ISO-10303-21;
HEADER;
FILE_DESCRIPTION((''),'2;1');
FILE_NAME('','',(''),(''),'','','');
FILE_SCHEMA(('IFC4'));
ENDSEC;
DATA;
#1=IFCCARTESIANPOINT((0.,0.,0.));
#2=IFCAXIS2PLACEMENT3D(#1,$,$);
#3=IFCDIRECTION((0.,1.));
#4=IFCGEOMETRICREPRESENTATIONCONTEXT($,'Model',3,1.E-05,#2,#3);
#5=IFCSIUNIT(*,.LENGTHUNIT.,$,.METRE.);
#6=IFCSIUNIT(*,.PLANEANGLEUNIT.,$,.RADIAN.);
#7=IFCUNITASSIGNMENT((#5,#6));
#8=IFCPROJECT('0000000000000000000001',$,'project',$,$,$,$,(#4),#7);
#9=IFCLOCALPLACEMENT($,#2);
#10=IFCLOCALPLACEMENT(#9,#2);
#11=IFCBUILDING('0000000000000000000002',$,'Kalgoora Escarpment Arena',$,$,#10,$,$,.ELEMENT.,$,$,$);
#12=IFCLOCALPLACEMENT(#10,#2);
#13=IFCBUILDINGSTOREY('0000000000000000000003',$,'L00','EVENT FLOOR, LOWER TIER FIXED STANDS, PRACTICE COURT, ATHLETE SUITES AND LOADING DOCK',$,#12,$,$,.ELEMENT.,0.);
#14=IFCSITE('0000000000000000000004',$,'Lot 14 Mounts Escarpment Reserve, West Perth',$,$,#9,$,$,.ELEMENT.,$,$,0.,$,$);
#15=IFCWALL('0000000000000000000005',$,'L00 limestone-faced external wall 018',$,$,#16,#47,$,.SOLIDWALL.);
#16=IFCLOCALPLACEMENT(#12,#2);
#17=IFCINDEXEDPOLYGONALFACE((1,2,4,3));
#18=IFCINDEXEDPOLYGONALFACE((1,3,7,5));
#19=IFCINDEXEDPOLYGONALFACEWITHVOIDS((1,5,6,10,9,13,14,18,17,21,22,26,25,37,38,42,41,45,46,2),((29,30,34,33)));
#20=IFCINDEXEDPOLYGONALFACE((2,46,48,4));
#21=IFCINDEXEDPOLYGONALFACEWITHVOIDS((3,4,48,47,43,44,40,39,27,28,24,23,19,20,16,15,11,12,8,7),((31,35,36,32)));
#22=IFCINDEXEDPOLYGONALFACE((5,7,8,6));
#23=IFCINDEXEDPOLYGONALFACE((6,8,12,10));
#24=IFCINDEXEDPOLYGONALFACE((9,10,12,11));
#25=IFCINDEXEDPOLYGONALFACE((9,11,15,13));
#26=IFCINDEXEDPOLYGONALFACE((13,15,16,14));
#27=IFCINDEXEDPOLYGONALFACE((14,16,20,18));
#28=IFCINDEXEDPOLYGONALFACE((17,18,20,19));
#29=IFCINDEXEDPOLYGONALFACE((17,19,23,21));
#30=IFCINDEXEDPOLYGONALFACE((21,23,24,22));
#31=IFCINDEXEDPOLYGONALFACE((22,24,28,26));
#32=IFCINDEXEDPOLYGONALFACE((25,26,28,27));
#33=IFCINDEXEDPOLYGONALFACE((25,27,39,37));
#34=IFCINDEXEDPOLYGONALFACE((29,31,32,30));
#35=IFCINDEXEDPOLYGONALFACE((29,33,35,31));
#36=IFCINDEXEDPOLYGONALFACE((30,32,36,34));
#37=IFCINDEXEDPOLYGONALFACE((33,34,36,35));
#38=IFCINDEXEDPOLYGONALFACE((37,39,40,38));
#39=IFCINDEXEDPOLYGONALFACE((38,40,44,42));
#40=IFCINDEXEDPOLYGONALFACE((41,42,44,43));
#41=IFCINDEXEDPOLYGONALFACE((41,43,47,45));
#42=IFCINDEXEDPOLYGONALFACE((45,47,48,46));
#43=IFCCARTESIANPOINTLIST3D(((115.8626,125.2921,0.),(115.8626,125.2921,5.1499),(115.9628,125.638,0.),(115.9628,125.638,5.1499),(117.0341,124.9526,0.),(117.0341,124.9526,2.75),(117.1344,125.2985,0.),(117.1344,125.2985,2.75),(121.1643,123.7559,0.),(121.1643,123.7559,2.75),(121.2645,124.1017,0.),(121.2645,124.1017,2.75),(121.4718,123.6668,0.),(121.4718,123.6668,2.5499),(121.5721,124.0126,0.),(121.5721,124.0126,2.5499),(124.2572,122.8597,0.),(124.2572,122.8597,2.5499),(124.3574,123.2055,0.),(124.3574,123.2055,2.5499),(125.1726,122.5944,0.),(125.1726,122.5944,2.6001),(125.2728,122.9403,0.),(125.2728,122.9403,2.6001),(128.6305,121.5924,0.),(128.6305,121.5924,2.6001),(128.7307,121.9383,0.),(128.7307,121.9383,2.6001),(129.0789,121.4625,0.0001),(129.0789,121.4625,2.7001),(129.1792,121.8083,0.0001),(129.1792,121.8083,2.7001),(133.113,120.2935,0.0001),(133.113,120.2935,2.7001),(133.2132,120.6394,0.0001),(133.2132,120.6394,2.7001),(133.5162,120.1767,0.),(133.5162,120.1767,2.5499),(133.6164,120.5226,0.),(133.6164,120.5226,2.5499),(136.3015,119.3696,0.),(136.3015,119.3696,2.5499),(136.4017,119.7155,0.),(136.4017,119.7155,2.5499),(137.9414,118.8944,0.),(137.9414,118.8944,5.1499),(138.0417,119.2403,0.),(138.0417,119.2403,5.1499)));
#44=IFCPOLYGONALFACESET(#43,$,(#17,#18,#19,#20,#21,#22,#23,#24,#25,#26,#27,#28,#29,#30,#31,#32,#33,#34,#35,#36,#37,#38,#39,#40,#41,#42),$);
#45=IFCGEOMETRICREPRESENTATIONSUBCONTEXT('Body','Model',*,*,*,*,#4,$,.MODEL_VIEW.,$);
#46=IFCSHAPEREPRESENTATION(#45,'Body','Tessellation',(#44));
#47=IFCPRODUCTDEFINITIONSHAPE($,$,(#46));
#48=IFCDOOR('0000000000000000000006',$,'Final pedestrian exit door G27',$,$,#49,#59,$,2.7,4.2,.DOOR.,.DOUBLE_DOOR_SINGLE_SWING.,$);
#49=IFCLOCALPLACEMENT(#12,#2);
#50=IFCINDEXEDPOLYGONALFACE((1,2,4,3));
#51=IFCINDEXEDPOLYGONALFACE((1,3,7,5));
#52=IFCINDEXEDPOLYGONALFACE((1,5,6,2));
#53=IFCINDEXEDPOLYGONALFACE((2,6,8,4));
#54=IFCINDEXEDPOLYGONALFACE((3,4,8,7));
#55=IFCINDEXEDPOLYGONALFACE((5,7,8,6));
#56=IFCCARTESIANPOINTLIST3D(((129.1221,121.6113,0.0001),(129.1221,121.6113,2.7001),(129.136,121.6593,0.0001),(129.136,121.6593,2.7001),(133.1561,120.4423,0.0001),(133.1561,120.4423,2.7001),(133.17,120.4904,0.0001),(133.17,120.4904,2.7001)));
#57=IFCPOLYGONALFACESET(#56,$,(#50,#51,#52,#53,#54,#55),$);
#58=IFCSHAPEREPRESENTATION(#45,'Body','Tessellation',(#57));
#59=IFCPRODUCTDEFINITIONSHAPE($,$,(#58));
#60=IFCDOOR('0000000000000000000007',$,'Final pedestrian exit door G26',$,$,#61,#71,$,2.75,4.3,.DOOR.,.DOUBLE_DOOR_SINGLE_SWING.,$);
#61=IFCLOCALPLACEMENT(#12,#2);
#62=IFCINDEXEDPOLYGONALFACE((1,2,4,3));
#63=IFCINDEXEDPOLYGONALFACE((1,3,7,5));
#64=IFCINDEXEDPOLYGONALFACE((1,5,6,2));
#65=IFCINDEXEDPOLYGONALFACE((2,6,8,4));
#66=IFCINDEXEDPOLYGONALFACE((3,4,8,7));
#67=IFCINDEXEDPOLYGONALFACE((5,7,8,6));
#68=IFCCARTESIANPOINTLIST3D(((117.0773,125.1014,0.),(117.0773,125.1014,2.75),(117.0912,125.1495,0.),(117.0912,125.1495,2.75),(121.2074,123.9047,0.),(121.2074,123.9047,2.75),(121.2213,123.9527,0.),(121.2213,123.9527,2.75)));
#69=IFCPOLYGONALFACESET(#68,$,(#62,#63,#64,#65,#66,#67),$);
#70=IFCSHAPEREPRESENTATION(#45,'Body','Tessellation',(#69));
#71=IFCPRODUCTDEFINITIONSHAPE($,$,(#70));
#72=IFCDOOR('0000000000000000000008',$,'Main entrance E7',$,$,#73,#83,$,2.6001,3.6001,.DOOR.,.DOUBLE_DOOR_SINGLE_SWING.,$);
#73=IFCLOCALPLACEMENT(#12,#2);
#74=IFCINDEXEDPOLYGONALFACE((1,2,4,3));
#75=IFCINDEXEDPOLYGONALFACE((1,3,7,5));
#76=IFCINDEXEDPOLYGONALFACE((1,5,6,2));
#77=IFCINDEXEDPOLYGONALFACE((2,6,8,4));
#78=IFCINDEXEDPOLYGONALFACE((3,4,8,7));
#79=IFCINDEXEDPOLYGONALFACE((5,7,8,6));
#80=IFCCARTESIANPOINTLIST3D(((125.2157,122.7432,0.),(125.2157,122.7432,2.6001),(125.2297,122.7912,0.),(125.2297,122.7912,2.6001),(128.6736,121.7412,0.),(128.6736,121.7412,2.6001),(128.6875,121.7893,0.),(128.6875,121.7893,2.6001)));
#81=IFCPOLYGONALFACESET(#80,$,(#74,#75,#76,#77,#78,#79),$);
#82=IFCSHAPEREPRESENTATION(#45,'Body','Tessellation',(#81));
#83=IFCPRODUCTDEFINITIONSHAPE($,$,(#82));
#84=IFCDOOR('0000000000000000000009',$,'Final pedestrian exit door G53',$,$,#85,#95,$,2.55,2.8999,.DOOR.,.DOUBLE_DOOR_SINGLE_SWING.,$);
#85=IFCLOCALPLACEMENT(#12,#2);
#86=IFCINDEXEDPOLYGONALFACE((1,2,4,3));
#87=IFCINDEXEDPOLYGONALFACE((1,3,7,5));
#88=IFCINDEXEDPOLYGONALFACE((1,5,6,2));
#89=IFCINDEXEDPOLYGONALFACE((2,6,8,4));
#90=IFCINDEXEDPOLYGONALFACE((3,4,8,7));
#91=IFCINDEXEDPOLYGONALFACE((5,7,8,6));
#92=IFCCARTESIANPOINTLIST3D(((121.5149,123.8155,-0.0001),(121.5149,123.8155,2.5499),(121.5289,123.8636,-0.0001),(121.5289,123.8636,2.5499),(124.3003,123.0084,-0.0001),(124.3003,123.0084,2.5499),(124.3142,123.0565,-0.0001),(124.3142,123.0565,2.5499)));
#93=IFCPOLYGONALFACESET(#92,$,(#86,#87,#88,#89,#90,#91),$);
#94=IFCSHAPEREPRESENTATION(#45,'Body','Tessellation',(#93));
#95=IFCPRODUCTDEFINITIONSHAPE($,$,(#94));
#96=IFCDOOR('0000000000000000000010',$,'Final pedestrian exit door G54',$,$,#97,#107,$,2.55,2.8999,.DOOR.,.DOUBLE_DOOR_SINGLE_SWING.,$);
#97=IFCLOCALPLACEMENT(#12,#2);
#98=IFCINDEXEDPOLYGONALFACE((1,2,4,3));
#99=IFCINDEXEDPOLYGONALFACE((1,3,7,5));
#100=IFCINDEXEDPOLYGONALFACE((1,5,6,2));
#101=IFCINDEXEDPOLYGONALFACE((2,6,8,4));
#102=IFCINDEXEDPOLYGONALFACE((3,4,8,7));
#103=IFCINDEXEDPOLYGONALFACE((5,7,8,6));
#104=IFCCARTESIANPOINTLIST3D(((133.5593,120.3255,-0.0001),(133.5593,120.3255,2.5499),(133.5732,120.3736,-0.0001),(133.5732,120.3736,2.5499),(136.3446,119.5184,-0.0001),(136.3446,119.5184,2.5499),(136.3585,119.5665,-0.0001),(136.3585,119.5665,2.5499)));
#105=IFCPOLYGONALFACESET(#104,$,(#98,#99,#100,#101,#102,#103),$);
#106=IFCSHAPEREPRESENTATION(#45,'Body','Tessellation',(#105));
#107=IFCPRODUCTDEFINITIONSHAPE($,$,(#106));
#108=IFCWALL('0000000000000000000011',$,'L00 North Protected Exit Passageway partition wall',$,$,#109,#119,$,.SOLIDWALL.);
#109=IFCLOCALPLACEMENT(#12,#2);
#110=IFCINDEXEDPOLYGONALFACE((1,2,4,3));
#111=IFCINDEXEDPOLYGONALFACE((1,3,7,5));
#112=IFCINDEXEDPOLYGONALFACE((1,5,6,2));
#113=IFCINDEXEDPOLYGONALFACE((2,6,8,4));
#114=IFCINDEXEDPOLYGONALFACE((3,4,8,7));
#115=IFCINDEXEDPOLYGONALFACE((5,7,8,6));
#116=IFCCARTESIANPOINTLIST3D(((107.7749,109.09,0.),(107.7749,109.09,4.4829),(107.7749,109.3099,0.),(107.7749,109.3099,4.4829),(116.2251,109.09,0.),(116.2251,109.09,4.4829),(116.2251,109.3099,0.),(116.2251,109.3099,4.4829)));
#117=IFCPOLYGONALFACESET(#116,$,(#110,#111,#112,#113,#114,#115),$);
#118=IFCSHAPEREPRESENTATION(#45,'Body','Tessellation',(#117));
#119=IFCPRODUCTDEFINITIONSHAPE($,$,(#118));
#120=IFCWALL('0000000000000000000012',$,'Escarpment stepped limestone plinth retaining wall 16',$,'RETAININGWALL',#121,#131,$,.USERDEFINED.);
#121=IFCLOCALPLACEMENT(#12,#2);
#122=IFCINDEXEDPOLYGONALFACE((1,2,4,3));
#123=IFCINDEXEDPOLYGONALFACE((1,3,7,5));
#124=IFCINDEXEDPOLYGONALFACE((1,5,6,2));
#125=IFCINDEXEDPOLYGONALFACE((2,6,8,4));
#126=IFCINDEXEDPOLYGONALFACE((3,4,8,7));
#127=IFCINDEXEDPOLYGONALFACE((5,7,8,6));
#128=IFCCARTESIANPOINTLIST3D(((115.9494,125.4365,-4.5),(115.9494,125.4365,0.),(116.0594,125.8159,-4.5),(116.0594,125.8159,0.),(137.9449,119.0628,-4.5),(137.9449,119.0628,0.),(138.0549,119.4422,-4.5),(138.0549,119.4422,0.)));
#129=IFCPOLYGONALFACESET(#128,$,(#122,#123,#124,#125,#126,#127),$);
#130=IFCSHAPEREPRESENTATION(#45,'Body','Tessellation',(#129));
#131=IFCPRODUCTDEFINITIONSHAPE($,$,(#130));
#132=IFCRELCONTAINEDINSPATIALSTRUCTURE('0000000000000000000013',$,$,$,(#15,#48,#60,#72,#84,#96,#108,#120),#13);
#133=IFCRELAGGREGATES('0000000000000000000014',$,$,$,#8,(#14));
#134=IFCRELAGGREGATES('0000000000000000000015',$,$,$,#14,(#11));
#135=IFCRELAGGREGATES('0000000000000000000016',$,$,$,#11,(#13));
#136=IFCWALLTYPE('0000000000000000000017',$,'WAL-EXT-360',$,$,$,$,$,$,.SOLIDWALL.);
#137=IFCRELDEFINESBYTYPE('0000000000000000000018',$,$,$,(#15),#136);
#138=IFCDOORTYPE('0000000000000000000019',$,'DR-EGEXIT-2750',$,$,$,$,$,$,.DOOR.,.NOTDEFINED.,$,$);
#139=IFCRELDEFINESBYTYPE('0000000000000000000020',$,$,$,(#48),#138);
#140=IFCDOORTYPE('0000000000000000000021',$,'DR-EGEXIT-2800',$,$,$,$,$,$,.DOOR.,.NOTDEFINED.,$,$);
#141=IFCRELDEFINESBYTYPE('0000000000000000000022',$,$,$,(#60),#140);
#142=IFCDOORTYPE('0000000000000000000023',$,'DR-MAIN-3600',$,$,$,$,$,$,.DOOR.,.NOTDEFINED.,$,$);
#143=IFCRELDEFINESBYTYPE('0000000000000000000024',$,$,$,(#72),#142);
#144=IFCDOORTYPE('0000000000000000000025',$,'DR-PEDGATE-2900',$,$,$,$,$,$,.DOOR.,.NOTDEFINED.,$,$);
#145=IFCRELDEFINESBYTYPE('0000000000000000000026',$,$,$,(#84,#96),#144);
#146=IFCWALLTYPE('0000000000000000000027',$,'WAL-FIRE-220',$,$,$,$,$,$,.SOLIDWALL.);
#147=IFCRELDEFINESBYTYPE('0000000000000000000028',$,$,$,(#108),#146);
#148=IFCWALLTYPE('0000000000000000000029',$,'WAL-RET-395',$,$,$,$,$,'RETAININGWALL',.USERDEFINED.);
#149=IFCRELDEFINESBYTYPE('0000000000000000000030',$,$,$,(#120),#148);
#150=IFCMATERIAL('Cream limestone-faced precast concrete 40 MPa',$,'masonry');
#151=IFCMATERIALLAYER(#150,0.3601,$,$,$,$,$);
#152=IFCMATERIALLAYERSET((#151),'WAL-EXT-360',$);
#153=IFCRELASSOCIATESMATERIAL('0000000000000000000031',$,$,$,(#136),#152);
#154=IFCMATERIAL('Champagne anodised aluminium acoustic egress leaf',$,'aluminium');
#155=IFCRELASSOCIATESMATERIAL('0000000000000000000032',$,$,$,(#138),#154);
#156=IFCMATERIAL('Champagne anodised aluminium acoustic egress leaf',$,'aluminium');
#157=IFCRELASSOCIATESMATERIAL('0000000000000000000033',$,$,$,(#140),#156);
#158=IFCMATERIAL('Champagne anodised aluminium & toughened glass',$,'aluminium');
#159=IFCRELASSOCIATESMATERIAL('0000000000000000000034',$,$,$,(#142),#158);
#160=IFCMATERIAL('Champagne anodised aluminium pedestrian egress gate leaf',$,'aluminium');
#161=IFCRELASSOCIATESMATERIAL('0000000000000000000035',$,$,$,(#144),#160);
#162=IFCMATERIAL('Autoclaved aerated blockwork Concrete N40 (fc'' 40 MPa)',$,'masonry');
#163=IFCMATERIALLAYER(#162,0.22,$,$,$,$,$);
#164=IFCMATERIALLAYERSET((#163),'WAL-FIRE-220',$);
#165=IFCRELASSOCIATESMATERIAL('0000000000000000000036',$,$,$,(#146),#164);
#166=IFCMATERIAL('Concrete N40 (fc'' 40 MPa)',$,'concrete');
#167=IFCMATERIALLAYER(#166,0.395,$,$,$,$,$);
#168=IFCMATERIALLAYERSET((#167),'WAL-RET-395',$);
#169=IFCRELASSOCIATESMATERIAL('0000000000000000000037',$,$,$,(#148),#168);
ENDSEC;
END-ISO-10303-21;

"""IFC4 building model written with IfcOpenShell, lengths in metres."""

from ifc_helpers import new_model, si_unit, direction, frame, frame_2d, origin, place, context, subcontext, project, spatial, rectangle, extrude, material, layer, layer_set, type_object, element, fill, save


model = new_model("IFC4")

# Units and contexts
model_context = context("Model", 3, precision=1e-05, world=origin(), true_north=direction((0.0, 1.0)))
body_context = subcontext(model_context, "Body", "Model", "MODEL_VIEW")
ifc_project = project(units=[si_unit("LENGTHUNIT", "METRE"), si_unit("PLANEANGLEUNIT", "RADIAN")], contexts=[model_context])

# Site, building, storey
site_placement = place(None, origin())
site = spatial("IfcSite", under=ifc_project, at=site_placement, Name="Lot 14 Mounts Escarpment Reserve, West Perth", CompositionType="ELEMENT", RefElevation=0.0)
building_placement = place(site_placement, origin())
building = spatial("IfcBuilding", under=site, at=building_placement, Name="Kalgoora Escarpment Arena", CompositionType="ELEMENT")
storey_placement = place(building_placement, origin())
storey = spatial("IfcBuildingStorey", under=building, at=storey_placement, Name="L00", Description="EVENT FLOOR, LOWER TIER FIXED STANDS, PRACTICE COURT, ATHLETE SUITES AND LOADING DOCK", CompositionType="ELEMENT", Elevation=0.0)

# Wall, openings, doors
ifc_material_1 = material(Name="Cream limestone-faced precast concrete 40 MPa", Category="masonry")
ifc_layer_1 = layer(ifc_material_1, 0.3601)
ifc_layer_set_1 = layer_set([ifc_layer_1], Name="WAL-EXT-360")
wall_type_1 = type_object("IfcWallType", Name="WAL-EXT-360", PredefinedType="SOLIDWALL", material=ifc_layer_set_1)
wall_1_placement = place(storey_placement, frame((115.9126, 125.4651, 0.0), z_axis=(0.0, 0.0, 1.0), x_axis=(0.960489, -0.278317, 0.0)))
wall_1 = element("IfcWall", 1, at=wall_1_placement, inside=storey, type_object=wall_type_1, Name="L00 limestone-faced external wall 018", PredefinedType="SOLIDWALL", context=body_context, shape_type="SweptSolid", body=[
    extrude(rectangle(XDim=22.9871, YDim=0.3601, at=frame_2d((11.4937, 0.0))), origin(), (0.0, 0.0, 1.0), 5.1499),
])
opening_1_placement = place(wall_1_placement, frame((9.6931, 0.0, 0.0)))
opening_1 = element("IfcOpeningElement", 2, at=opening_1_placement, cuts=wall_1, PredefinedType="OPENING", context=body_context, shape_type="SweptSolid", body=[
    extrude(rectangle(XDim=3.6001, YDim=2.6001, at=frame_2d((1.8, 1.3))), frame((0.0, 0.1899, 0.0), z_axis=(0.0, -1.0, 0.0), x_axis=(1.0, 0.0, 0.0)), (0.0, 0.0, 1.0), 0.3801),
])
opening_2_placement = place(wall_1_placement, frame((1.22, 0.0, 0.0)))
opening_2 = element("IfcOpeningElement", 3, at=opening_2_placement, cuts=wall_1, PredefinedType="OPENING", context=body_context, shape_type="SweptSolid", body=[
    extrude(rectangle(XDim=4.3, YDim=2.75, at=frame_2d((2.1499, 1.375))), frame((0.0, 0.1899, 0.0), z_axis=(0.0, -1.0, 0.0), x_axis=(1.0, 0.0, 0.0)), (0.0, 0.0, 1.0), 0.3801),
])
opening_3_placement = place(wall_1_placement, frame((13.76, 0.0, 0.0)))
opening_3 = element("IfcOpeningElement", 4, at=opening_3_placement, cuts=wall_1, PredefinedType="OPENING", context=body_context, shape_type="SweptSolid", body=[
    extrude(rectangle(XDim=4.2, YDim=2.7, at=frame_2d((2.1001, 1.3501))), frame((0.0, 0.1899, 0.0), z_axis=(0.0, -1.0, 0.0), x_axis=(1.0, 0.0, 0.0)), (0.0, 0.0, 1.0), 0.3801),
])
opening_4_placement = place(wall_1_placement, frame((5.8401, 0.0, 0.0)))
opening_4 = element("IfcOpeningElement", 5, at=opening_4_placement, cuts=wall_1, PredefinedType="OPENING", context=body_context, shape_type="SweptSolid", body=[
    extrude(rectangle(XDim=2.8999, YDim=2.55, at=frame_2d((1.45, 1.2749))), frame((0.0, 0.1899, 0.0), z_axis=(0.0, -1.0, 0.0), x_axis=(1.0, 0.0, 0.0)), (0.0, 0.0, 1.0), 0.3801),
])
opening_5_placement = place(wall_1_placement, frame((18.3799, 0.0, 0.0)))
opening_5 = element("IfcOpeningElement", 6, at=opening_5_placement, cuts=wall_1, PredefinedType="OPENING", context=body_context, shape_type="SweptSolid", body=[
    extrude(rectangle(XDim=2.8999, YDim=2.55, at=frame_2d((1.45, 1.2749))), frame((0.0, 0.1899, 0.0), z_axis=(0.0, -1.0, 0.0), x_axis=(1.0, 0.0, 0.0)), (0.0, 0.0, 1.0), 0.3801),
])
ifc_material_2 = material(Name="Champagne anodised aluminium acoustic egress leaf", Category="aluminium")
door_type_1 = type_object("IfcDoorType", Name="DR-EGEXIT-2750", OperationType="NOTDEFINED", PredefinedType="DOOR", material=ifc_material_2)
door_1_placement = place(opening_3_placement, origin())
door_1 = element("IfcDoor", 7, at=door_1_placement, inside=storey, type_object=door_type_1, Name="Final pedestrian exit door G27", OperationType="DOUBLE_DOOR_SINGLE_SWING", OverallHeight=2.7, OverallWidth=4.2, PredefinedType="DOOR", context=body_context, shape_type="SweptSolid", body=[
    extrude(rectangle(XDim=4.2, YDim=2.7, at=frame_2d((2.1001, 1.3501))), frame((0.0, 0.0249, 0.0), z_axis=(0.0, -1.0, 0.0), x_axis=(1.0, 0.0, 0.0)), (0.0, 0.0, 1.0), 0.05),
])
fill(opening_3, door_1)
ifc_material_3 = material(Name="Champagne anodised aluminium acoustic egress leaf", Category="aluminium")
door_type_2 = type_object("IfcDoorType", Name="DR-EGEXIT-2800", OperationType="NOTDEFINED", PredefinedType="DOOR", material=ifc_material_3)
door_2_placement = place(opening_2_placement, origin())
door_2 = element("IfcDoor", 8, at=door_2_placement, inside=storey, type_object=door_type_2, Name="Final pedestrian exit door G26", OperationType="DOUBLE_DOOR_SINGLE_SWING", OverallHeight=2.75, OverallWidth=4.3, PredefinedType="DOOR", context=body_context, shape_type="SweptSolid", body=[
    extrude(rectangle(XDim=4.3, YDim=2.75, at=frame_2d((2.1499, 1.375))), frame((0.0, 0.0249, 0.0), z_axis=(0.0, -1.0, 0.0), x_axis=(1.0, 0.0, 0.0)), (0.0, 0.0, 1.0), 0.05),
])
fill(opening_2, door_2)
ifc_material_4 = material(Name="Champagne anodised aluminium & toughened glass", Category="aluminium")
door_type_3 = type_object("IfcDoorType", Name="DR-MAIN-3600", OperationType="NOTDEFINED", PredefinedType="DOOR", material=ifc_material_4)
door_3_placement = place(opening_1_placement, origin())
door_3 = element("IfcDoor", 9, at=door_3_placement, inside=storey, type_object=door_type_3, Name="Main entrance E7", OperationType="DOUBLE_DOOR_SINGLE_SWING", OverallHeight=2.6001, OverallWidth=3.6001, PredefinedType="DOOR", context=body_context, shape_type="SweptSolid", body=[
    extrude(rectangle(XDim=3.6001, YDim=2.6001, at=frame_2d((1.8, 1.3))), frame((0.0, 0.0249, 0.0), z_axis=(0.0, -1.0, 0.0), x_axis=(1.0, 0.0, 0.0)), (0.0, 0.0, 1.0), 0.05),
])
fill(opening_1, door_3)
ifc_material_5 = material(Name="Champagne anodised aluminium pedestrian egress gate leaf", Category="aluminium")
door_type_4 = type_object("IfcDoorType", Name="DR-PEDGATE-2900", OperationType="NOTDEFINED", PredefinedType="DOOR", material=ifc_material_5)
door_4_placement = place(opening_4_placement, origin())
door_4 = element("IfcDoor", 10, at=door_4_placement, inside=storey, type_object=door_type_4, Name="Final pedestrian exit door G53", OperationType="DOUBLE_DOOR_SINGLE_SWING", OverallHeight=2.55, OverallWidth=2.8999, PredefinedType="DOOR", context=body_context, shape_type="SweptSolid", body=[
    extrude(rectangle(XDim=2.8999, YDim=2.55, at=frame_2d((1.45, 1.2749))), frame((0.0, 0.0249, 0.0), z_axis=(0.0, -1.0, 0.0), x_axis=(1.0, 0.0, 0.0)), (0.0, 0.0, 1.0), 0.05),
])
fill(opening_4, door_4)
door_5_placement = place(opening_5_placement, origin())
door_5 = element("IfcDoor", 11, at=door_5_placement, inside=storey, type_object=door_type_4, Name="Final pedestrian exit door G54", OperationType="DOUBLE_DOOR_SINGLE_SWING", OverallHeight=2.55, OverallWidth=2.8999, PredefinedType="DOOR", context=body_context, shape_type="SweptSolid", body=[
    extrude(rectangle(XDim=2.8999, YDim=2.55, at=frame_2d((1.45, 1.2749))), frame((0.0, 0.0249, 0.0), z_axis=(0.0, -1.0, 0.0), x_axis=(1.0, 0.0, 0.0)), (0.0, 0.0, 1.0), 0.05),
])
fill(opening_5, door_5)

# Walls
ifc_material_6 = material(Name="Autoclaved aerated blockwork Concrete N40 (fc' 40 MPa)", Category="masonry")
ifc_layer_2 = layer(ifc_material_6, 0.22)
ifc_layer_set_2 = layer_set([ifc_layer_2], Name="WAL-FIRE-220")
wall_type_2 = type_object("IfcWallType", Name="WAL-FIRE-220", PredefinedType="SOLIDWALL", material=ifc_layer_set_2)
wall_2_placement = place(storey_placement, frame((116.2251, 109.2, 0.0), z_axis=(0.0, 0.0, 1.0), x_axis=(-1.0, 0.0, 0.0)))
element("IfcWall", 12, at=wall_2_placement, inside=storey, type_object=wall_type_2, Name="L00 North Protected Exit Passageway partition wall", PredefinedType="SOLIDWALL", context=body_context, shape_type="SweptSolid", body=[
    extrude(rectangle(XDim=8.4502, YDim=0.22, at=frame_2d((4.2251, 0.0))), origin(), (0.0, 0.0, 1.0), 4.4829),
])
ifc_material_7 = material(Name="Concrete N40 (fc' 40 MPa)", Category="concrete")
ifc_layer_3 = layer(ifc_material_7, 0.395)
ifc_layer_set_3 = layer_set([ifc_layer_3], Name="WAL-RET-395")
wall_type_3 = type_object("IfcWallType", Name="WAL-RET-395", ElementType="RETAININGWALL", PredefinedType="USERDEFINED", material=ifc_layer_set_3)
wall_3_placement = place(storey_placement, frame((116.0044, 125.6262, -4.5), z_axis=(0.0, 0.0, 1.0), x_axis=(0.960487, -0.278325, 0.0)))
element("IfcWall", 13, at=wall_3_placement, inside=storey, type_object=wall_type_3, Name="Escarpment stepped limestone plinth retaining wall 16", ObjectType="RETAININGWALL", PredefinedType="USERDEFINED", context=body_context, shape_type="SweptSolid", body=[
    extrude(rectangle(XDim=22.9004, YDim=0.395, at=frame_2d((11.4502, 0.0))), origin(), (0.0, 0.0, 1.0), 4.5),
])

save(model, "model.ifc")
